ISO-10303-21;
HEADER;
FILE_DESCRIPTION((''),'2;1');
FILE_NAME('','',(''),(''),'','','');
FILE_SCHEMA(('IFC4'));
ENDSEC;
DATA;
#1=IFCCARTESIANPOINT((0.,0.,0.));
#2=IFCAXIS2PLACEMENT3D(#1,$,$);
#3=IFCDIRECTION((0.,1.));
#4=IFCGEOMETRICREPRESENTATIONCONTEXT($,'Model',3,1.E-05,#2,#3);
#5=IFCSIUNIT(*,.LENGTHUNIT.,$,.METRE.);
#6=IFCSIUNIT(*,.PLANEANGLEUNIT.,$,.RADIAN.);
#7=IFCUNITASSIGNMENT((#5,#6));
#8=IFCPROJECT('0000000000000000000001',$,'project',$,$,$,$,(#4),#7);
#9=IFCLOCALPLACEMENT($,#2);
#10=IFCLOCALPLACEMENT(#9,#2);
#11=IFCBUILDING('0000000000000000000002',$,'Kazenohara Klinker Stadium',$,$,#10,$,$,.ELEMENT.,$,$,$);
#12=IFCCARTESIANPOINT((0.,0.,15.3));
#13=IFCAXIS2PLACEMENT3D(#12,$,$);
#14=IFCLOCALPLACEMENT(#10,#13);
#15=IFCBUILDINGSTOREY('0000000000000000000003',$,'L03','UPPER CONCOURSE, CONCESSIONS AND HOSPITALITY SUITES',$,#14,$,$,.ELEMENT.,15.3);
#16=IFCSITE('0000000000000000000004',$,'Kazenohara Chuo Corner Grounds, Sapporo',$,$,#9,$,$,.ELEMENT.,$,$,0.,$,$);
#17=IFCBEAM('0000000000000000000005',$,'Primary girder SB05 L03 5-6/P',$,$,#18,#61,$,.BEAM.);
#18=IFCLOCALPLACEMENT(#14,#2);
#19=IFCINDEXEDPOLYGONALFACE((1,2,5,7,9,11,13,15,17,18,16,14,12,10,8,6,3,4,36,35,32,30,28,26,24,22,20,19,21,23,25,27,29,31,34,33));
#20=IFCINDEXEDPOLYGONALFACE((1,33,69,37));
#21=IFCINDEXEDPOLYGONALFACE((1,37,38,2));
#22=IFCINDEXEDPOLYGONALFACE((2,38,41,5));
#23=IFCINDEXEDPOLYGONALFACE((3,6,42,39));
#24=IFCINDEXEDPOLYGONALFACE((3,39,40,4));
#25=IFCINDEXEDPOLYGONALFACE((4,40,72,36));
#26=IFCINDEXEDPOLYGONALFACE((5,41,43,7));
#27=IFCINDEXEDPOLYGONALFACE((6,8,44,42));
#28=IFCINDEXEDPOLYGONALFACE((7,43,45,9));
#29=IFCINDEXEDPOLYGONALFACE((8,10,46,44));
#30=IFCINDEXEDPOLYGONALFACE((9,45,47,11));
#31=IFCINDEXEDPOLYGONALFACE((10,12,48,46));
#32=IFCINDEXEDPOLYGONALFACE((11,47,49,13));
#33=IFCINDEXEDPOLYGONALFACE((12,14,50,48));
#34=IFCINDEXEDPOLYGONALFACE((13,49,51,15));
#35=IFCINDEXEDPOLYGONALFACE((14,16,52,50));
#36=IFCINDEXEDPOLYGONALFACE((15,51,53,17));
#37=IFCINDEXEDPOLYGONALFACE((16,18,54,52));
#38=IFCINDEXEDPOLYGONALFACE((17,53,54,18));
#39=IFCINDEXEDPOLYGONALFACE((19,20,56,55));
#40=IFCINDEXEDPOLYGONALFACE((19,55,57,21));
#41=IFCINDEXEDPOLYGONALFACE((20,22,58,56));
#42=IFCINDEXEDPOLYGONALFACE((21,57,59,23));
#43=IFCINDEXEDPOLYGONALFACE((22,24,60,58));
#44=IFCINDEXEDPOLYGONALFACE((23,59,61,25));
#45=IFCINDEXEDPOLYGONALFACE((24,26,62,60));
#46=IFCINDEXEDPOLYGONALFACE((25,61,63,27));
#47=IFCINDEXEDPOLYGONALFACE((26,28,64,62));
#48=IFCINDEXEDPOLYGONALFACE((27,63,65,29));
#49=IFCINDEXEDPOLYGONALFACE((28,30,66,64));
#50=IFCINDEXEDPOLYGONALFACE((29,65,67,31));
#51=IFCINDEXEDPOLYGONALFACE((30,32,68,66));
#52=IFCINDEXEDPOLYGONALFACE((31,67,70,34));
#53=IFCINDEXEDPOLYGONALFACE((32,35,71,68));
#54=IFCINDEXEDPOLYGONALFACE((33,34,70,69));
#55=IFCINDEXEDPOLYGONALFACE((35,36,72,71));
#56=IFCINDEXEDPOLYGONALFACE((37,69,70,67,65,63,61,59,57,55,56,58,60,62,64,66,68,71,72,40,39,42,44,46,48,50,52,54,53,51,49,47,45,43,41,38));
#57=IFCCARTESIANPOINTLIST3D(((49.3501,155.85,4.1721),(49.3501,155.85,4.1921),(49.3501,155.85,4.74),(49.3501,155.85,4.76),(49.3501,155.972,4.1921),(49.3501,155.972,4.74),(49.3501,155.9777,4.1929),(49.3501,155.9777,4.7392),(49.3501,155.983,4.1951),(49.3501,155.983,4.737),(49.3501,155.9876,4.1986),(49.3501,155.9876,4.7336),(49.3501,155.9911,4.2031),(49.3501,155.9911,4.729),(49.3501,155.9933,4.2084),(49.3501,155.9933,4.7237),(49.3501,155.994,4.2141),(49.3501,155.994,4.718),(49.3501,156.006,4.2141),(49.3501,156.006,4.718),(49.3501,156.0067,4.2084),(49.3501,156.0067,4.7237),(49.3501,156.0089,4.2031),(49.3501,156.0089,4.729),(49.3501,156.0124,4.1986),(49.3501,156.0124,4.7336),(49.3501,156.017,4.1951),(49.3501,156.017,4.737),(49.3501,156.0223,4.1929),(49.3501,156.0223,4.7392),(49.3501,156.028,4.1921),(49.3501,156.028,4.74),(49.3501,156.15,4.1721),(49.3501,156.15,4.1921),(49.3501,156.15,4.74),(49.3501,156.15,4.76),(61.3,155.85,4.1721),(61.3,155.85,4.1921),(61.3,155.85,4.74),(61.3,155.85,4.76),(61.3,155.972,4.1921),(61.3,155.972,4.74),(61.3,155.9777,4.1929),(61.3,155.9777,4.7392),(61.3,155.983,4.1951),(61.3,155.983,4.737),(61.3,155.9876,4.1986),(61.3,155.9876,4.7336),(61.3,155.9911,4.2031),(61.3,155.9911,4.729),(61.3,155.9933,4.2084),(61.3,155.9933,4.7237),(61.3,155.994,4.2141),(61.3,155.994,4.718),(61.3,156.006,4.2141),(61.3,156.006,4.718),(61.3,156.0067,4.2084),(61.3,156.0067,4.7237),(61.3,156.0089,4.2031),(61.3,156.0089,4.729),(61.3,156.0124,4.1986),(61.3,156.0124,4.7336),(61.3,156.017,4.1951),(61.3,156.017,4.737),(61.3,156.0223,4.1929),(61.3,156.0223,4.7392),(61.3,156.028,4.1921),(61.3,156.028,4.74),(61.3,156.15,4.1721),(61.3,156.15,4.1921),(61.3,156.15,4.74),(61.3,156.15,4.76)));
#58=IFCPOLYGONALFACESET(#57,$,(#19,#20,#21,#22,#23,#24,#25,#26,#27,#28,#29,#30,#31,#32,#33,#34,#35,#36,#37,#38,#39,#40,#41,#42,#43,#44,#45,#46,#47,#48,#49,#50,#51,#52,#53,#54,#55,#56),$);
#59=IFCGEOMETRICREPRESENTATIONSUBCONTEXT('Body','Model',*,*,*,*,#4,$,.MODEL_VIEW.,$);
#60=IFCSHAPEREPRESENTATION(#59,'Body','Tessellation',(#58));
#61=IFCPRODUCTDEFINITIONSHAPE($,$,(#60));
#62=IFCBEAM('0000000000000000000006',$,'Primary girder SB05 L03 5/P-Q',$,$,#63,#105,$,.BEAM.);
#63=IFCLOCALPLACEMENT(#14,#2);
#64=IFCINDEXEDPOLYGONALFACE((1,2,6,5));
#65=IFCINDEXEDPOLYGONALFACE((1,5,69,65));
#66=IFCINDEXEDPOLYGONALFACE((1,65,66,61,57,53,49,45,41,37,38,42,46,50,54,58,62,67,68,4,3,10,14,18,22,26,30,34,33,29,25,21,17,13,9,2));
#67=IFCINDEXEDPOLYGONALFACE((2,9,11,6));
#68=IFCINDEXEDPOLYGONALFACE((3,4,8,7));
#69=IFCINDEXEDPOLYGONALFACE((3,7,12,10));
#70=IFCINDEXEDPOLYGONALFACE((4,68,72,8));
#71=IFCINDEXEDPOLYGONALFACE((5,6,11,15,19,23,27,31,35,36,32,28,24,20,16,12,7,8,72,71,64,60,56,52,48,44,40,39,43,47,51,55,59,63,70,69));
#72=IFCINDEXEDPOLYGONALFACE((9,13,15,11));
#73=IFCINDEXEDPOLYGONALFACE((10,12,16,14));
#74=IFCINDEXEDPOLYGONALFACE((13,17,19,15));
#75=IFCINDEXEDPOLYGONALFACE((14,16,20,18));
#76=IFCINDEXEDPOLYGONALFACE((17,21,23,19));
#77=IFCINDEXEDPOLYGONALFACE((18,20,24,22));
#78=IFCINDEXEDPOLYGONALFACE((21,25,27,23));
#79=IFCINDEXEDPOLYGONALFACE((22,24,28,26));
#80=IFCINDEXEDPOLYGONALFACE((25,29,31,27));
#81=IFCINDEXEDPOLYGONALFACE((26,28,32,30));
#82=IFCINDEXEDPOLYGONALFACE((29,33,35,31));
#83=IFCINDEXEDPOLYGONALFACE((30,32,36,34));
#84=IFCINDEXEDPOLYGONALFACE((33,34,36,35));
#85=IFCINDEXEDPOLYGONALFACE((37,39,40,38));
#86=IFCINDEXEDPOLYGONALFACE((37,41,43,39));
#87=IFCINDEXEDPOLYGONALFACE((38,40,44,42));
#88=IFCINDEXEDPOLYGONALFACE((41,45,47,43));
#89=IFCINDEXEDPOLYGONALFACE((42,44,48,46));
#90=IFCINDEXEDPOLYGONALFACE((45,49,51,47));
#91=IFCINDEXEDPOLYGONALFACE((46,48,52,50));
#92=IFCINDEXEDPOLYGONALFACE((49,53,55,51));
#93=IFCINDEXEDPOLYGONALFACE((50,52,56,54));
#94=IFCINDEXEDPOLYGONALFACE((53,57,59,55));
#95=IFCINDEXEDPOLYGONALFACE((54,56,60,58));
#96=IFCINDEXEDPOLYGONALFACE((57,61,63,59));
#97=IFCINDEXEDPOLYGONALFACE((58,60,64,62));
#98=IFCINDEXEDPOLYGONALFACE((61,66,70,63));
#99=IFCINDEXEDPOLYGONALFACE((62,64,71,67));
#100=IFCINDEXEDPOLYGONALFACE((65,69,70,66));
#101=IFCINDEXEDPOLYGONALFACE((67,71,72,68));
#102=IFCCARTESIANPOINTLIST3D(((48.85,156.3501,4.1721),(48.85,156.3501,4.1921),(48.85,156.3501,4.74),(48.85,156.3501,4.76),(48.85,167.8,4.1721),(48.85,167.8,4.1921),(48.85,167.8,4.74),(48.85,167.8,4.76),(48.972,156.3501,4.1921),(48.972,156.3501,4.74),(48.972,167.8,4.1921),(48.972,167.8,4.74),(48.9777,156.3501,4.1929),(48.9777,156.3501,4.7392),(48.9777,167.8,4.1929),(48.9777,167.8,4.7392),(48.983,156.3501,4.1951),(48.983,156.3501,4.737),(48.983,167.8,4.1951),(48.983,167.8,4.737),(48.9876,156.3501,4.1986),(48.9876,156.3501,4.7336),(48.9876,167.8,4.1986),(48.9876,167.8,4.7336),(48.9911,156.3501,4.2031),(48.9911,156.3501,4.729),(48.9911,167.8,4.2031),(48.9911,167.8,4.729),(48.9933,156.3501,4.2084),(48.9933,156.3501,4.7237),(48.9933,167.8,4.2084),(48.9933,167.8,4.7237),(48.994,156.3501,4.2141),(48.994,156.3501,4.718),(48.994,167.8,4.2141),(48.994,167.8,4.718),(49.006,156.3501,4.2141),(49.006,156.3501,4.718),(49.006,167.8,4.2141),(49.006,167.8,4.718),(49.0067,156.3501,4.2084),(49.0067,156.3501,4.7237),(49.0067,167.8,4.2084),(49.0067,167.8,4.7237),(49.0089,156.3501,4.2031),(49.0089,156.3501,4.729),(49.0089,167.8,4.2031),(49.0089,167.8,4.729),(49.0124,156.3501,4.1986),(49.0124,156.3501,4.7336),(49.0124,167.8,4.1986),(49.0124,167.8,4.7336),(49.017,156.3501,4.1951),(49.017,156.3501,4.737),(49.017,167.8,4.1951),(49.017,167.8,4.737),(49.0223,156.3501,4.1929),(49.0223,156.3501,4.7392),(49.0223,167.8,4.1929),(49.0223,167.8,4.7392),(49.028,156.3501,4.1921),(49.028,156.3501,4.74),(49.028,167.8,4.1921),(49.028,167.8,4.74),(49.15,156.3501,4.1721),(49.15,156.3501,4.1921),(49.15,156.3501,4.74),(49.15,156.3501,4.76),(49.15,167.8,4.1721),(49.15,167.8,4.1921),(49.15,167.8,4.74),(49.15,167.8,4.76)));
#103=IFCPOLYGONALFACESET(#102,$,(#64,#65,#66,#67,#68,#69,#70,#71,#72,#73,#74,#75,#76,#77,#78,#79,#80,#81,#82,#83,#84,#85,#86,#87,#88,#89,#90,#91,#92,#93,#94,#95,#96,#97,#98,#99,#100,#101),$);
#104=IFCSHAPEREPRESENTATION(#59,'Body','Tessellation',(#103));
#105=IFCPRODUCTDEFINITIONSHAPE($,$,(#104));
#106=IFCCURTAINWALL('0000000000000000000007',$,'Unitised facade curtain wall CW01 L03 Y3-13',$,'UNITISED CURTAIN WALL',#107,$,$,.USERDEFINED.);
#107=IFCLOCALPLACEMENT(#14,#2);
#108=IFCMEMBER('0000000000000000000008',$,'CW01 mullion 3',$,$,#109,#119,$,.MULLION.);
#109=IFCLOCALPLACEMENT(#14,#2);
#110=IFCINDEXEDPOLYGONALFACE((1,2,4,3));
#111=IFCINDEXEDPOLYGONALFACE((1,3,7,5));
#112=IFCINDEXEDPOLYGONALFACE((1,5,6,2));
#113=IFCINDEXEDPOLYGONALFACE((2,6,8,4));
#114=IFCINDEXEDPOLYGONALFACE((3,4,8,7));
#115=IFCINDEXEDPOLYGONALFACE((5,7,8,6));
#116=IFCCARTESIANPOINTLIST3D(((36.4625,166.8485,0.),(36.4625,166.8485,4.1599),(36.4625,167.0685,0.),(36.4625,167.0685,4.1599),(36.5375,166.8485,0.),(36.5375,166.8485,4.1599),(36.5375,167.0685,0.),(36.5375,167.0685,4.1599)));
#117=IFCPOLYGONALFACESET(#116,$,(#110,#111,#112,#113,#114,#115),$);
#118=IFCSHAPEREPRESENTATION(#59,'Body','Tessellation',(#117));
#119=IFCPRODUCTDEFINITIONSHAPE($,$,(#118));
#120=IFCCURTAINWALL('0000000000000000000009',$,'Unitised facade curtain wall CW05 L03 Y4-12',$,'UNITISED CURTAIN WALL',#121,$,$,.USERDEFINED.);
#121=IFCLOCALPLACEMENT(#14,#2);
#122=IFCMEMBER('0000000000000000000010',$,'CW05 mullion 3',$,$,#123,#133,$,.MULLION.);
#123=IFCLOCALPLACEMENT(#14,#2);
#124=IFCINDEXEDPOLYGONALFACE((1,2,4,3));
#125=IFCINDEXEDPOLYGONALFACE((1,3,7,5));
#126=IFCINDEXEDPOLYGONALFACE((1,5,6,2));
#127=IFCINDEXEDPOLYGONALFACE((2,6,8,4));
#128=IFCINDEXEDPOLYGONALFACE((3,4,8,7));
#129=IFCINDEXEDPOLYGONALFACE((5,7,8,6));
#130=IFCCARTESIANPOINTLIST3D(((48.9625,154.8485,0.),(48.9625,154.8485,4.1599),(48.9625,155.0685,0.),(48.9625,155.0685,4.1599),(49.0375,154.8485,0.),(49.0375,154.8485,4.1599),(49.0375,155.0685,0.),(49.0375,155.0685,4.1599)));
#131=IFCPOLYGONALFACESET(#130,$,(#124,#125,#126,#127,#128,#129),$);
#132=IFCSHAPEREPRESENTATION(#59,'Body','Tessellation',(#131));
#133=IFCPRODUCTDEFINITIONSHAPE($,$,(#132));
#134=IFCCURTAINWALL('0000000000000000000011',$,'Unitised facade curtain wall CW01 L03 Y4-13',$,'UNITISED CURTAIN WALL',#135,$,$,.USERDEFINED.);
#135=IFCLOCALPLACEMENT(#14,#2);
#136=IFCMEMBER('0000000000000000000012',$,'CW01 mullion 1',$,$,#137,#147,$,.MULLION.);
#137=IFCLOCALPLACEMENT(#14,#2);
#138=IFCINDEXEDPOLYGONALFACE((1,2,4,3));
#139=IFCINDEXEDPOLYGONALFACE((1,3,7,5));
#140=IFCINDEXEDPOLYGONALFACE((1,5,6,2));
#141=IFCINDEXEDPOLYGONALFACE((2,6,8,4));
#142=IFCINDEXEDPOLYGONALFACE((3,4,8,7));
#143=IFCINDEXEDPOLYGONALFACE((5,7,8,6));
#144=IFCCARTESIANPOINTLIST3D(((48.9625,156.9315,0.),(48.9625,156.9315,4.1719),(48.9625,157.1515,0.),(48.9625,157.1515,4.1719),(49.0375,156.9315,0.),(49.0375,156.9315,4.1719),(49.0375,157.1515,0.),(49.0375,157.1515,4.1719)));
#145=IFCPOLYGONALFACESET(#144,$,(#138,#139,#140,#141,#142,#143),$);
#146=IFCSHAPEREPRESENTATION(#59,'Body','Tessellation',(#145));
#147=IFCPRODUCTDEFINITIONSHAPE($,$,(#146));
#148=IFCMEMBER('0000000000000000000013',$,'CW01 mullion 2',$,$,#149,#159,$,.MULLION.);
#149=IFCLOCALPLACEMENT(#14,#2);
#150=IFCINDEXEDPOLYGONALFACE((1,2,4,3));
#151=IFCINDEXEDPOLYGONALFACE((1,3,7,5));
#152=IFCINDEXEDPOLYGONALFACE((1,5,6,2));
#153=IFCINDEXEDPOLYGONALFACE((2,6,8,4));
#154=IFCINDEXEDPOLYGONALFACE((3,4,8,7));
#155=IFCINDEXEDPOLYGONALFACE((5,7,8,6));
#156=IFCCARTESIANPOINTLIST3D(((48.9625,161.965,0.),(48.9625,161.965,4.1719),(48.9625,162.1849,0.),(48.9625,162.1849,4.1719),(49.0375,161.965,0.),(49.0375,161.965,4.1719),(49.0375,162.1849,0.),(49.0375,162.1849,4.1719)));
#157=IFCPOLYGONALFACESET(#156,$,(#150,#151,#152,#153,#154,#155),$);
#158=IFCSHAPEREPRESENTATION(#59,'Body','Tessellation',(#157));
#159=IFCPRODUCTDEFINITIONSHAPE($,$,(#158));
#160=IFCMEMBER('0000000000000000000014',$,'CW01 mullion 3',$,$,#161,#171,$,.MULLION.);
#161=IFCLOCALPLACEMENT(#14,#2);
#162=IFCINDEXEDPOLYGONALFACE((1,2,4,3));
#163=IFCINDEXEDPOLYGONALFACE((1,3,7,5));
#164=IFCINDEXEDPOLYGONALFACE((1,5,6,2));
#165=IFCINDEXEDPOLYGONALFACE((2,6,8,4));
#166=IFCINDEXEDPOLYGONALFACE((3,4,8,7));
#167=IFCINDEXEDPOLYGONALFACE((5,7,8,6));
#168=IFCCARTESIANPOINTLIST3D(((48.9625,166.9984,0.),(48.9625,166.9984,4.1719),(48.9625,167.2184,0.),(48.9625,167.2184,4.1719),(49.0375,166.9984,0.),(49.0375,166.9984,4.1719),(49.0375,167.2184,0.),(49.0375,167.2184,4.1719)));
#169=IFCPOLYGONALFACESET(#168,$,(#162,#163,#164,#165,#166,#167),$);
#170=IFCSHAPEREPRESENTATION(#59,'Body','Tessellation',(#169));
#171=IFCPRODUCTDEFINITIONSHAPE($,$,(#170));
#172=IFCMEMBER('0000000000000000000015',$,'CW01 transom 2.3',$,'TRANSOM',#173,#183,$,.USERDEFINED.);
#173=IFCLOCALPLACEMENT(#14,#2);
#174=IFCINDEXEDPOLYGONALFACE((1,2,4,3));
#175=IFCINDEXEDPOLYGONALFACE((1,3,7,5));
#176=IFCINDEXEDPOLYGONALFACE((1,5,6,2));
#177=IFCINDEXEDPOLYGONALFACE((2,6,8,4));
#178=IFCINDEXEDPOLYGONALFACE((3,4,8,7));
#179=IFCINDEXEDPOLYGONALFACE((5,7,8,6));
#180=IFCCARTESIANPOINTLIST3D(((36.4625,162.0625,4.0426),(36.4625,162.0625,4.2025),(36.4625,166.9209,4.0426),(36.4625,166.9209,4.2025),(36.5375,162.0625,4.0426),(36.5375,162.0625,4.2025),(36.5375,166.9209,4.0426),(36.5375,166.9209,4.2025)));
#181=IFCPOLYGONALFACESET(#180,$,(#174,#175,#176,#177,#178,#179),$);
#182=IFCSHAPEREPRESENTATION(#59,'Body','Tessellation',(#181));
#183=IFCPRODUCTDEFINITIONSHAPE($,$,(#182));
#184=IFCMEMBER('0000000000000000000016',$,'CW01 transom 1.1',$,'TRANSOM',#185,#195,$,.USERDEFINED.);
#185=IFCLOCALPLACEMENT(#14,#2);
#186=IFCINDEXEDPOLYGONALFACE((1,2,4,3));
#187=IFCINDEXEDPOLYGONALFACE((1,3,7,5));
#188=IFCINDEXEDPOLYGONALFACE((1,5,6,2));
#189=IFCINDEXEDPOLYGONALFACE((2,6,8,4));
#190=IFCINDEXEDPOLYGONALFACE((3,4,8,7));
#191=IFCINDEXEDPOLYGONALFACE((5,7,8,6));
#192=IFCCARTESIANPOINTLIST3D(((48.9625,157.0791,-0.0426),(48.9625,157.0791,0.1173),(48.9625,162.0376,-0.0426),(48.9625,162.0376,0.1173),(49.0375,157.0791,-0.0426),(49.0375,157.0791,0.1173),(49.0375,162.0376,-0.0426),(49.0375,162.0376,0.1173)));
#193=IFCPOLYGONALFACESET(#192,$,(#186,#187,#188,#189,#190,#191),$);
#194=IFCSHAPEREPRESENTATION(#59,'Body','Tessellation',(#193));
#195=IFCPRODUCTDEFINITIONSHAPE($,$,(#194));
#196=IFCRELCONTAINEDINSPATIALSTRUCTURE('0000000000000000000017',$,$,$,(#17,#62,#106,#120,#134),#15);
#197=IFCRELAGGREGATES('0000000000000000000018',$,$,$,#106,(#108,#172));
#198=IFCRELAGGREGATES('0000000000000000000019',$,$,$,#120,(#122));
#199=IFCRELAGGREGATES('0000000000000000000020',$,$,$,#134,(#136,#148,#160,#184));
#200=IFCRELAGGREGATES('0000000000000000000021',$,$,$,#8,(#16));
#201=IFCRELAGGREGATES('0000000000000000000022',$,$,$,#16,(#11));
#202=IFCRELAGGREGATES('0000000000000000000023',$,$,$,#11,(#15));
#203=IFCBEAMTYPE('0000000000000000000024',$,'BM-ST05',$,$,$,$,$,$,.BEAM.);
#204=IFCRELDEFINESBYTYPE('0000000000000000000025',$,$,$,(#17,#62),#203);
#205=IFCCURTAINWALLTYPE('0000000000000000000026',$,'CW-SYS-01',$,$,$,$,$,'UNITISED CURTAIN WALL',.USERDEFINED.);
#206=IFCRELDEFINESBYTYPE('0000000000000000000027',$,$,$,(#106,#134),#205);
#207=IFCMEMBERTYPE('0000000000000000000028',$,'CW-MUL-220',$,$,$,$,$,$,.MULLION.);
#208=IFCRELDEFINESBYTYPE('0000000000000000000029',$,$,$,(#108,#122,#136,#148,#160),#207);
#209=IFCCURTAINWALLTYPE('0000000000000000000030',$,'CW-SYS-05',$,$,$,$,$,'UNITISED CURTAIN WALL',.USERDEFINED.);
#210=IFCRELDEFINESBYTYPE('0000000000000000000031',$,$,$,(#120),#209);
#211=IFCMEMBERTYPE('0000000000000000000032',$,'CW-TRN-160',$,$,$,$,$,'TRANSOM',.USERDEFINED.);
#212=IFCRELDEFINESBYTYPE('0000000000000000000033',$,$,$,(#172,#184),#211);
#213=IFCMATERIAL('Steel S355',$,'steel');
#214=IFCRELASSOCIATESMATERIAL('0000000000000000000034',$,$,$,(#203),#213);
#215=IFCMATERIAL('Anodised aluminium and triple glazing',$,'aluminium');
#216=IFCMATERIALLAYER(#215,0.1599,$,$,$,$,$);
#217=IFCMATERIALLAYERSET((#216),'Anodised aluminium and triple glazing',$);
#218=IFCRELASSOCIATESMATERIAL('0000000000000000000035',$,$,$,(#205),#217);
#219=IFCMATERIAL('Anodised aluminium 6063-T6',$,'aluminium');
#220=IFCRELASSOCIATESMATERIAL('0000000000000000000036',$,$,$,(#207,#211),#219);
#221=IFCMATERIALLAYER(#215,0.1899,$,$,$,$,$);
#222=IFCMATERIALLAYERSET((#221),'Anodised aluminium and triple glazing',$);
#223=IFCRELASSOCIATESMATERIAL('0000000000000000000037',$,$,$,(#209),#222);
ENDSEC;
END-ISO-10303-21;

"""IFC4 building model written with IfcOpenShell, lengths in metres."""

from ifc_helpers import new_model, si_unit, direction, frame, origin, origin_2d, place, context, subcontext, project, spatial, rectangle, i_section, extrude, material, layer, layer_set, material_profile, profile_set, type_object, element, aggregate, save


model = new_model("IFC4")

# Units and contexts
model_context = context("Model", 3, precision=1e-05, world=origin(), true_north=direction((0.0, 1.0)))
body_context = subcontext(model_context, "Body", "Model", "MODEL_VIEW")
ifc_project = project(units=[si_unit("LENGTHUNIT", "METRE"), si_unit("PLANEANGLEUNIT", "RADIAN")], contexts=[model_context])

# Site, building, storey
site_placement = place(None, origin())
site = spatial("IfcSite", under=ifc_project, at=site_placement, Name="Kazenohara Chuo Corner Grounds, Sapporo", CompositionType="ELEMENT", RefElevation=0.0)
building_placement = place(site_placement, origin())
building = spatial("IfcBuilding", under=site, at=building_placement, Name="Kazenohara Klinker Stadium", CompositionType="ELEMENT")
storey_placement = place(building_placement, frame((0.0, 0.0, 15.3)))
storey = spatial("IfcBuildingStorey", under=building, at=storey_placement, Name="L03", Description="UPPER CONCOURSE, CONCESSIONS AND HOSPITALITY SUITES", CompositionType="ELEMENT", Elevation=15.3)

# Shared definitions
ifc_material_1 = material(Name="Steel S355", Category="steel")

# Beams
ifc_material_profile_1 = material_profile(ifc_material_1, i_section(OverallWidth=0.3, OverallDepth=0.5879, WebThickness=0.012, FlangeThickness=0.02, FilletRadius=0.022, at=origin_2d()), Name="H-588x300x12x20")
ifc_profile_set_1 = profile_set([ifc_material_profile_1], Name="Steel S355")
beam_type_1 = type_object("IfcBeamType", Name="BM-ST05", PredefinedType="BEAM", material=ifc_profile_set_1)
beam_1_placement = place(storey_placement, frame((49.3501, 156.0, 4.4661), z_axis=(1.0, 0.0, 0.0), x_axis=(0.0, 1.0, 0.0)))
element("IfcBeam", 1, at=beam_1_placement, inside=storey, type_object=beam_type_1, Name="Primary girder SB05 L03 5-6/P", PredefinedType="BEAM", context=body_context, shape_type="SweptSolid", body=[
    extrude(i_section(OverallWidth=0.3, OverallDepth=0.5879, WebThickness=0.012, FlangeThickness=0.02, FilletRadius=0.022, at=origin_2d()), origin(), (0.0, 0.0, 1.0), 11.95),
])
beam_2_placement = place(storey_placement, frame((49.0, 156.3501, 4.4661), z_axis=(0.0, 1.0, 0.0), x_axis=(-1.0, 0.0, 0.0)))
element("IfcBeam", 2, at=beam_2_placement, inside=storey, type_object=beam_type_1, Name="Primary girder SB05 L03 5/P-Q", PredefinedType="BEAM", context=body_context, shape_type="SweptSolid", body=[
    extrude(i_section(OverallWidth=0.3, OverallDepth=0.5879, WebThickness=0.012, FlangeThickness=0.02, FilletRadius=0.022, at=origin_2d()), origin(), (0.0, 0.0, 1.0), 11.45),
])

# Curtain walls, members
ifc_material_2 = material(Name="Anodised aluminium and triple glazing", Category="aluminium")
ifc_layer_1 = layer(ifc_material_2, 0.1599)
ifc_layer_set_1 = layer_set([ifc_layer_1], Name="Anodised aluminium and triple glazing")
curtain_wall_type_1 = type_object("IfcCurtainWallType", Name="CW-SYS-01", ElementType="UNITISED CURTAIN WALL", PredefinedType="USERDEFINED", material=ifc_layer_set_1)
curtain_wall_1_placement = place(storey_placement, origin())
curtain_wall_1 = element("IfcCurtainWall", 3, at=curtain_wall_1_placement, inside=storey, type_object=curtain_wall_type_1, Name="Unitised facade curtain wall CW01 L03 Y3-13", ObjectType="UNITISED CURTAIN WALL", PredefinedType="USERDEFINED")
ifc_material_3 = material(Name="Anodised aluminium 6063-T6", Category="aluminium")
ifc_material_profile_2 = material_profile(ifc_material_3, rectangle(XDim=0.075, YDim=0.22, at=origin_2d()), Name="ALU-MUL-75x220")
ifc_profile_set_2 = profile_set([ifc_material_profile_2], Name="Anodised aluminium 6063-T6")
member_type_1 = type_object("IfcMemberType", Name="CW-MUL-220", PredefinedType="MULLION", material=ifc_profile_set_2)
member_1_placement = place(storey_placement, frame((36.5, 166.9585, 0.0), z_axis=(0.0, 0.0, 1.0), x_axis=(-1.0, 0.0, 0.0)))
member_1 = element("IfcMember", 4, at=member_1_placement, type_object=member_type_1, Name="CW01 mullion 3", PredefinedType="MULLION", context=body_context, shape_type="SweptSolid", body=[
    extrude(rectangle(XDim=0.075, YDim=0.22, at=origin_2d()), origin(), (0.0, 0.0, 1.0), 4.1599),
])
ifc_layer_2 = layer(ifc_material_2, 0.1899)
ifc_layer_set_2 = layer_set([ifc_layer_2], Name="Anodised aluminium and triple glazing")
curtain_wall_type_2 = type_object("IfcCurtainWallType", Name="CW-SYS-05", ElementType="UNITISED CURTAIN WALL", PredefinedType="USERDEFINED", material=ifc_layer_set_2)
curtain_wall_2_placement = place(storey_placement, origin())
curtain_wall_2 = element("IfcCurtainWall", 5, at=curtain_wall_2_placement, inside=storey, type_object=curtain_wall_type_2, Name="Unitised facade curtain wall CW05 L03 Y4-12", ObjectType="UNITISED CURTAIN WALL", PredefinedType="USERDEFINED")
member_2_placement = place(storey_placement, frame((49.0, 154.9585, 0.0), z_axis=(0.0, 0.0, 1.0), x_axis=(-1.0, 0.0, 0.0)))
member_2 = element("IfcMember", 6, at=member_2_placement, type_object=member_type_1, Name="CW05 mullion 3", PredefinedType="MULLION", context=body_context, shape_type="SweptSolid", body=[
    extrude(rectangle(XDim=0.075, YDim=0.22, at=origin_2d()), origin(), (0.0, 0.0, 1.0), 4.1599),
])

# Curtain wall, members
curtain_wall_3_placement = place(storey_placement, origin())
curtain_wall_3 = element("IfcCurtainWall", 7, at=curtain_wall_3_placement, inside=storey, type_object=curtain_wall_type_1, Name="Unitised facade curtain wall CW01 L03 Y4-13", ObjectType="UNITISED CURTAIN WALL", PredefinedType="USERDEFINED")
member_3_placement = place(storey_placement, frame((49.0, 157.0415, 0.0), z_axis=(0.0, 0.0, 1.0), x_axis=(-1.0, 0.0, 0.0)))
member_3 = element("IfcMember", 8, at=member_3_placement, type_object=member_type_1, Name="CW01 mullion 1", PredefinedType="MULLION", context=body_context, shape_type="SweptSolid", body=[
    extrude(rectangle(XDim=0.075, YDim=0.22, at=origin_2d()), origin(), (0.0, 0.0, 1.0), 4.1719),
])
member_4_placement = place(storey_placement, frame((49.0, 162.075, 0.0), z_axis=(0.0, 0.0, 1.0), x_axis=(-1.0, 0.0, 0.0)))
member_4 = element("IfcMember", 9, at=member_4_placement, type_object=member_type_1, Name="CW01 mullion 2", PredefinedType="MULLION", context=body_context, shape_type="SweptSolid", body=[
    extrude(rectangle(XDim=0.075, YDim=0.22, at=origin_2d()), origin(), (0.0, 0.0, 1.0), 4.1719),
])
member_5_placement = place(storey_placement, frame((49.0, 167.1084, 0.0), z_axis=(0.0, 0.0, 1.0), x_axis=(-1.0, 0.0, 0.0)))
member_5 = element("IfcMember", 10, at=member_5_placement, type_object=member_type_1, Name="CW01 mullion 3", PredefinedType="MULLION", context=body_context, shape_type="SweptSolid", body=[
    extrude(rectangle(XDim=0.075, YDim=0.22, at=origin_2d()), origin(), (0.0, 0.0, 1.0), 4.1719),
])

# Members
ifc_material_profile_3 = material_profile(ifc_material_3, rectangle(XDim=0.075, YDim=0.1599, at=origin_2d()), Name="ALU-TRN-75x160")
ifc_profile_set_3 = profile_set([ifc_material_profile_3], Name="Anodised aluminium 6063-T6")
member_type_2 = type_object("IfcMemberType", Name="CW-TRN-160", ElementType="TRANSOM", PredefinedType="USERDEFINED", material=ifc_profile_set_3)
member_6_placement = place(storey_placement, frame((36.5, 162.0625, 4.1226), z_axis=(0.0, 1.0, 0.0), x_axis=(-1.0, 0.0, 0.0)))
member_6 = element("IfcMember", 11, at=member_6_placement, type_object=member_type_2, Name="CW01 transom 2.3", ObjectType="TRANSOM", PredefinedType="USERDEFINED", context=body_context, shape_type="SweptSolid", body=[
    extrude(rectangle(XDim=0.075, YDim=0.1599, at=origin_2d()), origin(), (0.0, 0.0, 1.0), 4.8584),
])
member_7_placement = place(storey_placement, frame((49.0, 157.0791, 0.0374), z_axis=(0.0, 1.0, 0.0), x_axis=(-1.0, 0.0, 0.0)))
member_7 = element("IfcMember", 12, at=member_7_placement, type_object=member_type_2, Name="CW01 transom 1.1", ObjectType="TRANSOM", PredefinedType="USERDEFINED", context=body_context, shape_type="SweptSolid", body=[
    extrude(rectangle(XDim=0.075, YDim=0.1599, at=origin_2d()), origin(), (0.0, 0.0, 1.0), 4.9585),
])

aggregate(curtain_wall_1, [member_1, member_6])
aggregate(curtain_wall_2, [member_2])
aggregate(curtain_wall_3, [member_3, member_4, member_5, member_7])

save(model, "model.ifc")
